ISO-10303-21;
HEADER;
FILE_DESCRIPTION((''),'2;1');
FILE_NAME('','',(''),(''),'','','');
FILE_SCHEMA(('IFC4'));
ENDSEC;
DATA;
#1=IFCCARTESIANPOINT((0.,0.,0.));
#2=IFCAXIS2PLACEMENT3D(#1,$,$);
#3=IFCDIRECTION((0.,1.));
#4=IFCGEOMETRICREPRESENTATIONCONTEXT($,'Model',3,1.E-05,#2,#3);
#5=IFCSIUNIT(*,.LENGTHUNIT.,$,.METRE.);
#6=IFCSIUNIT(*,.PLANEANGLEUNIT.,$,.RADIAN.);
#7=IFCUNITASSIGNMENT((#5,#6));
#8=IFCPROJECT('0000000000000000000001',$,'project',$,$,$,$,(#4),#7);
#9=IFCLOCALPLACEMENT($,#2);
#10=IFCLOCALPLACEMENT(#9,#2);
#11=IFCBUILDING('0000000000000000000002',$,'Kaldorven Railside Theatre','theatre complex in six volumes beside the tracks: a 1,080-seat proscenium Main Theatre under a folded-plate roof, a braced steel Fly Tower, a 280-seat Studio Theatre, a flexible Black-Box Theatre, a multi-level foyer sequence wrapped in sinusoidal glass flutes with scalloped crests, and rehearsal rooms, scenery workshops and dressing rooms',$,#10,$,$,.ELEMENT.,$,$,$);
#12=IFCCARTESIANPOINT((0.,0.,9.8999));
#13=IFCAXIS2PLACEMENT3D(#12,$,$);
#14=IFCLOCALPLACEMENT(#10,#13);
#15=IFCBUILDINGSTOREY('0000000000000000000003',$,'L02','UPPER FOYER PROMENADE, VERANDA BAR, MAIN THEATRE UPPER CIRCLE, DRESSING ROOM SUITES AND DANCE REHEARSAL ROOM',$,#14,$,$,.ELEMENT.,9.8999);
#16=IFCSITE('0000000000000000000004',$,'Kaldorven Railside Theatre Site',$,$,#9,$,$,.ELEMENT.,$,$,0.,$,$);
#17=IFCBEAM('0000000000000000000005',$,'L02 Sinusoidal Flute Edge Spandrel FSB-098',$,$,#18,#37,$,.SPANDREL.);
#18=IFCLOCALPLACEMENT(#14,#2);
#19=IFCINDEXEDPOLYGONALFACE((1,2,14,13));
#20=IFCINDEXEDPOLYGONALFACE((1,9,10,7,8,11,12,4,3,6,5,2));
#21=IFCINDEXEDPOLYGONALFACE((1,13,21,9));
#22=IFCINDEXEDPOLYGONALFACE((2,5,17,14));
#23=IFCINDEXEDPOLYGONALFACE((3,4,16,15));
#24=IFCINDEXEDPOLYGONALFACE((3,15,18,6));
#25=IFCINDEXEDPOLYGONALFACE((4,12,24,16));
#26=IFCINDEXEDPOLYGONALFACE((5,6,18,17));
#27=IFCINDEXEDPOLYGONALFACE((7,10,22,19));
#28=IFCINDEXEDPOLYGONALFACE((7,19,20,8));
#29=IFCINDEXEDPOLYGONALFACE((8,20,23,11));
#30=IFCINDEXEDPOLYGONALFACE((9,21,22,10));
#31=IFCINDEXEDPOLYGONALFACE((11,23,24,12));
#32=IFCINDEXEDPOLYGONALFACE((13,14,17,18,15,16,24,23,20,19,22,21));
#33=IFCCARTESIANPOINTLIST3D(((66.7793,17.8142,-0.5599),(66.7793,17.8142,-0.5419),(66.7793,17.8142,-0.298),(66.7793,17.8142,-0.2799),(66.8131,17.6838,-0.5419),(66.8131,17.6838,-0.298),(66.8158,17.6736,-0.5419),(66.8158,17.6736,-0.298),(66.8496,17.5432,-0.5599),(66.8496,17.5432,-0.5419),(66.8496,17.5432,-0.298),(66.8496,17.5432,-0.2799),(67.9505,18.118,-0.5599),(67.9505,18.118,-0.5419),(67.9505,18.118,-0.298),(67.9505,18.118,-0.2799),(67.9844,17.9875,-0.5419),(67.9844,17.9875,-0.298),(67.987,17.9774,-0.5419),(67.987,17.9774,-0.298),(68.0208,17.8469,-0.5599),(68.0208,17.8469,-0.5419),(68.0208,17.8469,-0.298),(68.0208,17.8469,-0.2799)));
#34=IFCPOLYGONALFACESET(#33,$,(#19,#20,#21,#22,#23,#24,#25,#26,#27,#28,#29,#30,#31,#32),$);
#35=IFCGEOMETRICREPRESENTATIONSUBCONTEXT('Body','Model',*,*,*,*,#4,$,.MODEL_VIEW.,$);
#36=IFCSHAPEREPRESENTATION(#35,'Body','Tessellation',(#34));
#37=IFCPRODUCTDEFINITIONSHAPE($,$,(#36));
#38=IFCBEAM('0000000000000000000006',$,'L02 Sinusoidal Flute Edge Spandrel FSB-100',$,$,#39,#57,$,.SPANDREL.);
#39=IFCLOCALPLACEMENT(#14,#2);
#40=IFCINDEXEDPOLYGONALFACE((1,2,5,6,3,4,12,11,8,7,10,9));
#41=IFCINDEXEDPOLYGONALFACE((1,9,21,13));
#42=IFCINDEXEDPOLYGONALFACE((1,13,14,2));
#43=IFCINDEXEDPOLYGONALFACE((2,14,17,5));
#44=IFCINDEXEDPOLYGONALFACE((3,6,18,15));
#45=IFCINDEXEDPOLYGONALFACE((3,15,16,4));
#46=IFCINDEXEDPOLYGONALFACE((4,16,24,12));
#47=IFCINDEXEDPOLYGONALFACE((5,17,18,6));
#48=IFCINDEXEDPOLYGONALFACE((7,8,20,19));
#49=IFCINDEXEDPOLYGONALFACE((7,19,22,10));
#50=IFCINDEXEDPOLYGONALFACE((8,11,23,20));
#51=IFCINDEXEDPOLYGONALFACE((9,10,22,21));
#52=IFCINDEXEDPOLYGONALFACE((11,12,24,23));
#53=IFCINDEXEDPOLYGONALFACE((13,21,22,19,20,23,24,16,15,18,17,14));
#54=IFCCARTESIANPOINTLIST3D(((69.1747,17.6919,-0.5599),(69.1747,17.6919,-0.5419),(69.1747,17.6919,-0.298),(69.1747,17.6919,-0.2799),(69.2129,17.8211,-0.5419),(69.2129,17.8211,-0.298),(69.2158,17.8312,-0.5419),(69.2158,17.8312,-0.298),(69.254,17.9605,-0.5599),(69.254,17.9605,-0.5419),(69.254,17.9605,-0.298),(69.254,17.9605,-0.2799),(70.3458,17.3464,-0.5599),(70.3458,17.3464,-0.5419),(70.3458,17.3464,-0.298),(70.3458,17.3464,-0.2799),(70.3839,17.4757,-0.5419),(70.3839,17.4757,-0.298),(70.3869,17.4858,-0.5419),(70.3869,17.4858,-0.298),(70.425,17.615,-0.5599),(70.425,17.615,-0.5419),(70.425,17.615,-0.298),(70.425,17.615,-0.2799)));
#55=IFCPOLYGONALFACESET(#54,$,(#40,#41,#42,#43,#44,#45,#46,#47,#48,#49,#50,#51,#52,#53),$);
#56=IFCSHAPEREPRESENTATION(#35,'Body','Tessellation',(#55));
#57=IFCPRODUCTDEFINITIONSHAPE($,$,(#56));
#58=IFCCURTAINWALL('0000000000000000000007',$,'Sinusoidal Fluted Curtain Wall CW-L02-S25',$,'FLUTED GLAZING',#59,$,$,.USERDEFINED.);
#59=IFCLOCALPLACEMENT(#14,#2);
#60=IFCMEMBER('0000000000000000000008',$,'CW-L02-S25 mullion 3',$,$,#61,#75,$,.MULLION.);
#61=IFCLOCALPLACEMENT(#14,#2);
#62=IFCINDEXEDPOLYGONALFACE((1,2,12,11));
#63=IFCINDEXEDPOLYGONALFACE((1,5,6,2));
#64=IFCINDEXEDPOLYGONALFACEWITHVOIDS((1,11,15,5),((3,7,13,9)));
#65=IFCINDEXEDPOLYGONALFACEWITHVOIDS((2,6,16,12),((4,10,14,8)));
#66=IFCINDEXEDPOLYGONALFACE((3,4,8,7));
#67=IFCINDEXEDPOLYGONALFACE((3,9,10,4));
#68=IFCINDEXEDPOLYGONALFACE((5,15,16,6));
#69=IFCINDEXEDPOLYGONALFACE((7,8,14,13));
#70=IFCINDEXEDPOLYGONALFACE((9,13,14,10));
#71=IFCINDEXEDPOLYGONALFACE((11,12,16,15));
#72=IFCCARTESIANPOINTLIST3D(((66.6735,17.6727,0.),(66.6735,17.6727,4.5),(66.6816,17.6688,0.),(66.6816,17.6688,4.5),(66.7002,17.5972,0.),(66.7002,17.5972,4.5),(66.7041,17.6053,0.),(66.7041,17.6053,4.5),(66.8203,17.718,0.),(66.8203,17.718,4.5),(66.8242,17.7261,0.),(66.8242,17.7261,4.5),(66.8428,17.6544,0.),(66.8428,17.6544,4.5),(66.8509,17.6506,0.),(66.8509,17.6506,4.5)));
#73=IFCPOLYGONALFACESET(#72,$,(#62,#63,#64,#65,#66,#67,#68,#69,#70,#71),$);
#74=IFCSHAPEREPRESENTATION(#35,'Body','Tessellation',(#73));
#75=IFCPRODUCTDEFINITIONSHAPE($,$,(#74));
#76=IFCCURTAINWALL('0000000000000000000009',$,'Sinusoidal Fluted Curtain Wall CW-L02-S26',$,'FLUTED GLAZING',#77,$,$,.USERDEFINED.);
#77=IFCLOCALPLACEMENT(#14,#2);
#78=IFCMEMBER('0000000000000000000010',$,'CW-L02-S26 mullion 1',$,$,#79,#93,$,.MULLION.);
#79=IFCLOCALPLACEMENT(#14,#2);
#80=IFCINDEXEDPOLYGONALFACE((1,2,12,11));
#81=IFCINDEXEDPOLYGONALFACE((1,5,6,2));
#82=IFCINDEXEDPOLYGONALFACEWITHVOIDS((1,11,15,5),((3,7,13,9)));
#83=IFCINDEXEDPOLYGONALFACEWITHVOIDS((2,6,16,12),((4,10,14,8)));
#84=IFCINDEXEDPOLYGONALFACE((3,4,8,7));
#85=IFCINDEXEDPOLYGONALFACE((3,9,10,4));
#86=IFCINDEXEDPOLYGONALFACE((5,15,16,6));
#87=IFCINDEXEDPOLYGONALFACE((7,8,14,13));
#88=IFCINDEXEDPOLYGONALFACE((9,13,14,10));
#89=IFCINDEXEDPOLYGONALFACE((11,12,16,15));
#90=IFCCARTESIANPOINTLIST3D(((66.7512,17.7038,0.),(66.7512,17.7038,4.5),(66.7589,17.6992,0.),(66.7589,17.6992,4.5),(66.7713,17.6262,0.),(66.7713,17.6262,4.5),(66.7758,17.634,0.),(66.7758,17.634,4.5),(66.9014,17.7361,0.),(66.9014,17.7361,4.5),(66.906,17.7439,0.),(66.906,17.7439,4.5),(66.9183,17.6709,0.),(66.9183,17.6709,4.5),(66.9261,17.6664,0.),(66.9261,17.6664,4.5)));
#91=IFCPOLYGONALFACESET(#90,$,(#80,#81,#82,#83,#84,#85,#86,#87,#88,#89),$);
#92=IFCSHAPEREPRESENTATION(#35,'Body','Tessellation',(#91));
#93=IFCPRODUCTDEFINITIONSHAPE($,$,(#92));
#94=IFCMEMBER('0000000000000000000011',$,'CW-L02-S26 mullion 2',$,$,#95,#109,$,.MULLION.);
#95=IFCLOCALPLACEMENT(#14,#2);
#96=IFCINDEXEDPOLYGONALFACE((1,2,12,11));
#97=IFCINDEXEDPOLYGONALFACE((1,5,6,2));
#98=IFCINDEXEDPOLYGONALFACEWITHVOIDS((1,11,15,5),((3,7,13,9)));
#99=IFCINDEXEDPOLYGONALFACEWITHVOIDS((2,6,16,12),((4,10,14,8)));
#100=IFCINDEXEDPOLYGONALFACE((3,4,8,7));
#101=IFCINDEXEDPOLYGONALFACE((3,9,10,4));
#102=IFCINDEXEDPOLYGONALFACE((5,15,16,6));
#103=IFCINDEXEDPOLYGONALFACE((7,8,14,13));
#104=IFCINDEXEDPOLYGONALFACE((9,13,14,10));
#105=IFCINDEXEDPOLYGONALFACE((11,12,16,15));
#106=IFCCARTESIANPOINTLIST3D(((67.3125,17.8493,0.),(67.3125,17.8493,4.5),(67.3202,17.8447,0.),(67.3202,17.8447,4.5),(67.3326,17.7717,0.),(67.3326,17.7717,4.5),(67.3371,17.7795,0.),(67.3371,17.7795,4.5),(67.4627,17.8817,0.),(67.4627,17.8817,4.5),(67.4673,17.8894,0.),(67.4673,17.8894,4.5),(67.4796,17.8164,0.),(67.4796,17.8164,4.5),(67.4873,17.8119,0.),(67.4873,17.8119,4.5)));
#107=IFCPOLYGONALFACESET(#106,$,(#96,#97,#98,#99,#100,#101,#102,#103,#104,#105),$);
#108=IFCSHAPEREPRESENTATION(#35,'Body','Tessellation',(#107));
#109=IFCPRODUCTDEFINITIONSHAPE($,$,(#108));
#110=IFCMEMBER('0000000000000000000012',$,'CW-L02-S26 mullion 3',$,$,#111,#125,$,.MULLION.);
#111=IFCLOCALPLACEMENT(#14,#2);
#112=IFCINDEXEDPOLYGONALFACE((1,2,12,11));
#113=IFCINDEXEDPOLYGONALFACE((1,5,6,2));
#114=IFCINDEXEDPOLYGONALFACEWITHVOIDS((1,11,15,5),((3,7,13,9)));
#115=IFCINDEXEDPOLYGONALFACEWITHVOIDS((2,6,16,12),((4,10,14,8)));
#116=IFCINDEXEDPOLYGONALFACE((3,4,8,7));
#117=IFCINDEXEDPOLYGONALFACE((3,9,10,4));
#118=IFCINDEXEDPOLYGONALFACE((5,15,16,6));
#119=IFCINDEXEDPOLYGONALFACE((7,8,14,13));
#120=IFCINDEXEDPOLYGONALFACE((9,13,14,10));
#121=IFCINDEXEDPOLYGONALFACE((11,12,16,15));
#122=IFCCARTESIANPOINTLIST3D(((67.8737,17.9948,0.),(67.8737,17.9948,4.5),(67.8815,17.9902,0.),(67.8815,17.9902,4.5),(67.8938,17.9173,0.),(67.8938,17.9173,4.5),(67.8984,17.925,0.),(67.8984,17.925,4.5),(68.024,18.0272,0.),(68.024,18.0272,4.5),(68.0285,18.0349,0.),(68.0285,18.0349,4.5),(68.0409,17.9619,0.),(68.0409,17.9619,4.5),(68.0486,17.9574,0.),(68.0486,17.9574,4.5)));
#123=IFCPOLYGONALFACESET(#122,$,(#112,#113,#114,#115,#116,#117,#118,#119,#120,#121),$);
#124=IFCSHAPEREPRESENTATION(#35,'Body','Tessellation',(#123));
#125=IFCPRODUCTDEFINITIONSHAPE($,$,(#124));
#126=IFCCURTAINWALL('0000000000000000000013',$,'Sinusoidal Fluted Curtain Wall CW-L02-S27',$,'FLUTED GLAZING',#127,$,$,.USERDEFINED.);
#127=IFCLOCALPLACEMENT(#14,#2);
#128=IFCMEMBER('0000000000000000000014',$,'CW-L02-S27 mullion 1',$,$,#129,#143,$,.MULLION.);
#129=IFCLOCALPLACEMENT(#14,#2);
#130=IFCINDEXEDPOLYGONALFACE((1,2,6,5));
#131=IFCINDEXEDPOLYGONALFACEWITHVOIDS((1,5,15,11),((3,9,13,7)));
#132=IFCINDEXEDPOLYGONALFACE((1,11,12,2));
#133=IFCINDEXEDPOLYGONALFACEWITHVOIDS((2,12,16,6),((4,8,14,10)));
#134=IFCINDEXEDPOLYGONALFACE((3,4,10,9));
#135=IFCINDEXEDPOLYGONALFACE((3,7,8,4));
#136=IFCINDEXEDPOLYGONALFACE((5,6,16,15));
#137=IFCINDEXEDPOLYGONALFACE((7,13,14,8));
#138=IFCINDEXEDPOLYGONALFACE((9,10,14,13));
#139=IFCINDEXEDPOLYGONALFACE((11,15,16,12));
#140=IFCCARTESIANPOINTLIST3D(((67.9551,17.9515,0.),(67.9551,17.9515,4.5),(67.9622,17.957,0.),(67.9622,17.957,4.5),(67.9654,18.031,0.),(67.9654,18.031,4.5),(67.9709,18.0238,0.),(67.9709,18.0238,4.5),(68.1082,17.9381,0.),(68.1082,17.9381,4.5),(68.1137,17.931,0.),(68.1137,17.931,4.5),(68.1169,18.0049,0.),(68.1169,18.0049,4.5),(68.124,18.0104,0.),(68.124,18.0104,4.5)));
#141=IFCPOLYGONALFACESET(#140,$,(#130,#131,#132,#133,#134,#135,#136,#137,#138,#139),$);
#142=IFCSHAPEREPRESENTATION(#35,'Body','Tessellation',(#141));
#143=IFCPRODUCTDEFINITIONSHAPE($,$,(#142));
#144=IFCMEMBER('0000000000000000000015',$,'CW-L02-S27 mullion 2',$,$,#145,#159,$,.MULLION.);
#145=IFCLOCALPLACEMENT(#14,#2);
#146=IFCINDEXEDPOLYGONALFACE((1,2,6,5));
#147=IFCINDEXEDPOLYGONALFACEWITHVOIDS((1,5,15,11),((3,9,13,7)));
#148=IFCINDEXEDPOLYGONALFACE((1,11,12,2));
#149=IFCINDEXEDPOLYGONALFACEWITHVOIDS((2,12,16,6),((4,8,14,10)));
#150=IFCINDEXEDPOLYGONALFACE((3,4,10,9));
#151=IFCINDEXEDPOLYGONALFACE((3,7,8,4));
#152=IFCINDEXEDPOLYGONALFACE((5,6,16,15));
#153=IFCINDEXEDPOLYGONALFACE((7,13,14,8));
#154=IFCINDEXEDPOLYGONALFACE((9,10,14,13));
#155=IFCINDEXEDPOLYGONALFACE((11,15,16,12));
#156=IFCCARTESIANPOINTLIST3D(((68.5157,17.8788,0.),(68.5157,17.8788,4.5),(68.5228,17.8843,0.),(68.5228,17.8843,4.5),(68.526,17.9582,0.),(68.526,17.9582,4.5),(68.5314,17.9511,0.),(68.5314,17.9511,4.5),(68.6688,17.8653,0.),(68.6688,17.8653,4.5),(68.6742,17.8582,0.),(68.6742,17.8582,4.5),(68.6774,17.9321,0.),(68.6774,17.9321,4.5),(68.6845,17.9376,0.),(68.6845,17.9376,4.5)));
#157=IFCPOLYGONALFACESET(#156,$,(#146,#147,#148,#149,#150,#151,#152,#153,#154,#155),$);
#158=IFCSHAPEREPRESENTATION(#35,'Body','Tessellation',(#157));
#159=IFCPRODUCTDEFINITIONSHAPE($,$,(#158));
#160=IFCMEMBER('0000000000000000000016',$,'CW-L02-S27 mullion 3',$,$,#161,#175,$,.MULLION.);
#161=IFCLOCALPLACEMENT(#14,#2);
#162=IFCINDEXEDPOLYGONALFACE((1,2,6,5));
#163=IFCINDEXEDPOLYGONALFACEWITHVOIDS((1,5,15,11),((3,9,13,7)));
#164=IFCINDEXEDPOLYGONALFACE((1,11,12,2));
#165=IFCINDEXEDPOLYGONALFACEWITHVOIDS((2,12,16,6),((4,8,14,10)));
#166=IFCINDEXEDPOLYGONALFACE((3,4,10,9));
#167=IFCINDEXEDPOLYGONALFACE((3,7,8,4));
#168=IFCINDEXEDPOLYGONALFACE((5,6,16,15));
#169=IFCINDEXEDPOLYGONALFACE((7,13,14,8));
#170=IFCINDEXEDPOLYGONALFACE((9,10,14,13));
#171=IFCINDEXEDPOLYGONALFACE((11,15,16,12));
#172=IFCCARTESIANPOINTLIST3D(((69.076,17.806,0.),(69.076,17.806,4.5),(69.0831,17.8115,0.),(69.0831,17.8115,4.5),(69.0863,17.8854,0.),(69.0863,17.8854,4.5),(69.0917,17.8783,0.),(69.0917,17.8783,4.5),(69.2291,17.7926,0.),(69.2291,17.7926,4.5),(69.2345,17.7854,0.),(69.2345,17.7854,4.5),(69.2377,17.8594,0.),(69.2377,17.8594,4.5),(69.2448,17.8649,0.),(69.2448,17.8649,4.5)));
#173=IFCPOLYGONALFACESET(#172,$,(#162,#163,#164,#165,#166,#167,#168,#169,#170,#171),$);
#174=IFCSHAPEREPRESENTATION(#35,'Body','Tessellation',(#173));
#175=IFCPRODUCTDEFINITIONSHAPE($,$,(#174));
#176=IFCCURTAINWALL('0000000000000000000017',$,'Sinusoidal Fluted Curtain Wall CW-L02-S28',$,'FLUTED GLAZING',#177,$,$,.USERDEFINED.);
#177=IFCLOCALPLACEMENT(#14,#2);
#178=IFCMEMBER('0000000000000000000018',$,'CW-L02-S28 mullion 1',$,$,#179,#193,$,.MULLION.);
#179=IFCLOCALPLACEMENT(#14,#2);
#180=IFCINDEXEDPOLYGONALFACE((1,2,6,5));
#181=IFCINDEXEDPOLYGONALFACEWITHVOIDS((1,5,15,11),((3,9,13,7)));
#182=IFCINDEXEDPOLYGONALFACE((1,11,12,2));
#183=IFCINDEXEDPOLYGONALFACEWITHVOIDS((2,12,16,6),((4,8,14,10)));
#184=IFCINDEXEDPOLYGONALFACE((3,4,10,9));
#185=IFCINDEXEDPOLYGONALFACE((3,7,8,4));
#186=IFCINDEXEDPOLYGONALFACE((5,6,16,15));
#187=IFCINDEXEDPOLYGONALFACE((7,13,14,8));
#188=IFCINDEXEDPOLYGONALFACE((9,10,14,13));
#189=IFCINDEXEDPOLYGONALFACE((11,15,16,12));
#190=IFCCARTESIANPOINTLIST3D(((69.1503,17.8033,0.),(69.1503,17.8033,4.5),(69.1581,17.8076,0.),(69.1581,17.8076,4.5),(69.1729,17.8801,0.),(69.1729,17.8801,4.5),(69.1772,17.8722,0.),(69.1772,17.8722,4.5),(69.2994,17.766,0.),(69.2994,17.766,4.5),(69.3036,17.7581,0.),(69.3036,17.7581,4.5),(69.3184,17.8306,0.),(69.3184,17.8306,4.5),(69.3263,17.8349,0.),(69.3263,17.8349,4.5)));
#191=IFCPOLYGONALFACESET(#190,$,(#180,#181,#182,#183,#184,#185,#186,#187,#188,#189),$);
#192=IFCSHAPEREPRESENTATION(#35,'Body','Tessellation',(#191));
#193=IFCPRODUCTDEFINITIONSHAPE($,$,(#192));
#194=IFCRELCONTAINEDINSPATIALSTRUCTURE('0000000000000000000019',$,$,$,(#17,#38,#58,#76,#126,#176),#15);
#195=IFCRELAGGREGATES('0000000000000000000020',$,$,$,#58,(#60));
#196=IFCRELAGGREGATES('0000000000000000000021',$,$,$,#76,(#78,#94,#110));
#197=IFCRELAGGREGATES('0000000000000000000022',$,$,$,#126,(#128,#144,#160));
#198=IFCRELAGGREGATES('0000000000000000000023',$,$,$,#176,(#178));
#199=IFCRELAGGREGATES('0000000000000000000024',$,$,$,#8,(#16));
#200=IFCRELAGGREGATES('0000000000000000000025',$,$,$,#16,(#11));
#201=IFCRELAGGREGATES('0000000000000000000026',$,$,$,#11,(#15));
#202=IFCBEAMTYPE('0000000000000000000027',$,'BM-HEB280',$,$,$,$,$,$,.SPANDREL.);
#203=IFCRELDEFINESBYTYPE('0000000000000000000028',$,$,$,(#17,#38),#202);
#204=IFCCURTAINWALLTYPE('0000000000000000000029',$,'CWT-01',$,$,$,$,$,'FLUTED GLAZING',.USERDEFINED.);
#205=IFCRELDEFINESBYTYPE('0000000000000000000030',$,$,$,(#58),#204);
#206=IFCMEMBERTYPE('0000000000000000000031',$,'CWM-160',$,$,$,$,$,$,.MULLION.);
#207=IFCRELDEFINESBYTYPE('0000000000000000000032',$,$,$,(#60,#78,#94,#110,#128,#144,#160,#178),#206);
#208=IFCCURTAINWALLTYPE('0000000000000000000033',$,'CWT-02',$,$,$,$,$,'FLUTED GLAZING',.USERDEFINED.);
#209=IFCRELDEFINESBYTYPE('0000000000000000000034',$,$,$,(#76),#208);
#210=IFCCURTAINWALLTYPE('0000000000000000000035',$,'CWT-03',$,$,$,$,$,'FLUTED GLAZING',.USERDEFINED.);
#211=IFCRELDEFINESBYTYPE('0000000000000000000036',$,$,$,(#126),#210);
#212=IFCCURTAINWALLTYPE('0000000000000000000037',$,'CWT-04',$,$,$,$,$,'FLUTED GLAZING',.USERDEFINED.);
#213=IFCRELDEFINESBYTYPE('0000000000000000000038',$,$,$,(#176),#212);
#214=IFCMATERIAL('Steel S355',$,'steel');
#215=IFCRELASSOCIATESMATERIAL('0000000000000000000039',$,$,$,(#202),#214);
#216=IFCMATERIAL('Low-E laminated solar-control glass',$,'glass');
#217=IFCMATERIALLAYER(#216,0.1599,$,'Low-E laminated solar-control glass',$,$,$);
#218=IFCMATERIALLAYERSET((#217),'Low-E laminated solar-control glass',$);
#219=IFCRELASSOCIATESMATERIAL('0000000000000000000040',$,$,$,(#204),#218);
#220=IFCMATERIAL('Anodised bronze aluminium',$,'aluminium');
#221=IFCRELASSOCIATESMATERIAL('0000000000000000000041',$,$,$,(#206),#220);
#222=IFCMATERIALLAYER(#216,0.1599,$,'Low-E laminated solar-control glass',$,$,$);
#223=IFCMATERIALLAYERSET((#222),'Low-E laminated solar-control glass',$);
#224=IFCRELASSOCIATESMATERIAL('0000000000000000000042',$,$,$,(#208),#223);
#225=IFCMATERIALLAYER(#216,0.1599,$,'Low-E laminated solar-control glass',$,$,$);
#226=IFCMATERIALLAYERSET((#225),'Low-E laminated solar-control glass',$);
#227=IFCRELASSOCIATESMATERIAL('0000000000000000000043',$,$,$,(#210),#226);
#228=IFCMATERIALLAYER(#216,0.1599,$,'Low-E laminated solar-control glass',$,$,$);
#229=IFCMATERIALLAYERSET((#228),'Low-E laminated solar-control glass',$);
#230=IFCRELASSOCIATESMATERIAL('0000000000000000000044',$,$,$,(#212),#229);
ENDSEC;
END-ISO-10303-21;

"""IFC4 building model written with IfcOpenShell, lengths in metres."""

from ifc_helpers import new_model, si_unit, direction, frame, origin, origin_2d, place, context, subcontext, project, spatial, hollow_rectangle, i_section, extrude, material, layer, layer_set, material_profile, profile_set, type_object, element, aggregate, save


model = new_model("IFC4")

# Units and contexts
model_context = context("Model", 3, precision=1e-05, world=origin(), true_north=direction((0.0, 1.0)))
body_context = subcontext(model_context, "Body", "Model", "MODEL_VIEW")
ifc_project = project(units=[si_unit("LENGTHUNIT", "METRE"), si_unit("PLANEANGLEUNIT", "RADIAN")], contexts=[model_context])

# Site, building, storey
site_placement = place(None, origin())
site = spatial("IfcSite", under=ifc_project, at=site_placement, Name="Kaldorven Railside Theatre Site", CompositionType="ELEMENT", RefElevation=0.0)
building_placement = place(site_placement, origin())
building = spatial("IfcBuilding", under=site, at=building_placement, Name="Kaldorven Railside Theatre", Description="theatre complex in six volumes beside the tracks: a 1,080-seat proscenium Main Theatre under a folded-plate roof, a braced steel Fly Tower, a 280-seat Studio Theatre, a flexible Black-Box Theatre, a multi-level foyer sequence wrapped in sinusoidal glass flutes with scalloped crests, and rehearsal rooms, scenery workshops and dressing rooms", CompositionType="ELEMENT")
storey_placement = place(building_placement, frame((0.0, 0.0, 9.8999)))
storey = spatial("IfcBuildingStorey", under=building, at=storey_placement, Name="L02", Description="UPPER FOYER PROMENADE, VERANDA BAR, MAIN THEATRE UPPER CIRCLE, DRESSING ROOM SUITES AND DANCE REHEARSAL ROOM", CompositionType="ELEMENT", Elevation=9.8999)

# Beams
ifc_material_1 = material(Name="Steel S355", Category="steel")
ifc_material_profile_1 = material_profile(ifc_material_1, i_section(OverallWidth=0.28, OverallDepth=0.28, WebThickness=0.0105, FlangeThickness=0.0181, at=origin_2d()), Name="HEB 280")
ifc_profile_set_1 = profile_set([ifc_material_profile_1], Name="Steel S355")
beam_type = type_object("IfcBeamType", Name="BM-HEB280", PredefinedType="SPANDREL", material=ifc_profile_set_1)
beam_1_placement = place(storey_placement, frame((66.8145, 17.6787, -0.4199), z_axis=(0.967981, 0.251025, 0.0), x_axis=(-0.251025, 0.967981, 0.0)))
element("IfcBeam", 1, at=beam_1_placement, inside=storey, type_object=beam_type, Name="L02 Sinusoidal Flute Edge Spandrel FSB-098", PredefinedType="SPANDREL", context=body_context, shape_type="SweptSolid", body=[
    extrude(i_section(OverallWidth=0.28, OverallDepth=0.28, WebThickness=0.0105, FlangeThickness=0.0181, at=origin_2d()), origin(), (0.0, 0.0, 1.0), 1.21),
])
beam_2_placement = place(storey_placement, frame((69.2144, 17.8262, -0.4199), z_axis=(0.959142, -0.282924, 0.0), x_axis=(0.282924, 0.959142, 0.0)))
element("IfcBeam", 2, at=beam_2_placement, inside=storey, type_object=beam_type, Name="L02 Sinusoidal Flute Edge Spandrel FSB-100", PredefinedType="SPANDREL", context=body_context, shape_type="SweptSolid", body=[
    extrude(i_section(OverallWidth=0.28, OverallDepth=0.28, WebThickness=0.0105, FlangeThickness=0.0181, at=origin_2d()), origin(), (0.0, 0.0, 1.0), 1.2209),
])

# Curtain wall, member
ifc_material_2 = material(Name="Low-E laminated solar-control glass", Category="glass")
ifc_layer_1 = layer(ifc_material_2, 0.1599, Name="Low-E laminated solar-control glass")
ifc_layer_set_1 = layer_set([ifc_layer_1], Name="Low-E laminated solar-control glass")
curtain_wall_type_1 = type_object("IfcCurtainWallType", Name="CWT-01", ElementType="FLUTED GLAZING", PredefinedType="USERDEFINED", material=ifc_layer_set_1)
curtain_wall_1_placement = place(storey_placement, origin())
curtain_wall_1 = element("IfcCurtainWall", 3, at=curtain_wall_1_placement, inside=storey, type_object=curtain_wall_type_1, Name="Sinusoidal Fluted Curtain Wall CW-L02-S25", ObjectType="FLUTED GLAZING", PredefinedType="USERDEFINED")
ifc_material_3 = material(Name="Anodised bronze aluminium", Category="aluminium")
ifc_material_profile_2 = material_profile(ifc_material_3, hollow_rectangle(XDim=0.0801, YDim=0.1599, WallThickness=0.0063, at=origin_2d()), Name="RHS 160x80x6.3")
ifc_profile_set_2 = profile_set([ifc_material_profile_2], Name="Anodised bronze aluminium")
member_type_1 = type_object("IfcMemberType", Name="CWM-160", PredefinedType="MULLION", material=ifc_profile_set_2)
member_1_placement = place(storey_placement, frame((66.7622, 17.6616, 0.0), z_axis=(0.0, 0.0, 1.0), x_axis=(-0.333847, 0.942627, 0.0)))
member_1 = element("IfcMember", 4, at=member_1_placement, type_object=member_type_1, Name="CW-L02-S25 mullion 3", PredefinedType="MULLION", context=body_context, shape_type="SweptSolid", body=[
    extrude(hollow_rectangle(XDim=0.0801, YDim=0.1599, WallThickness=0.0063, at=origin_2d()), origin(), (0.0, 0.0, 1.0), 4.5),
])
aggregate(curtain_wall_1, [member_1])

# Curtain walls, members
ifc_layer_2 = layer(ifc_material_2, 0.1599, Name="Low-E laminated solar-control glass")
ifc_layer_set_2 = layer_set([ifc_layer_2], Name="Low-E laminated solar-control glass")
curtain_wall_type_2 = type_object("IfcCurtainWallType", Name="CWT-02", ElementType="FLUTED GLAZING", PredefinedType="USERDEFINED", material=ifc_layer_set_2)
curtain_wall_2_placement = place(storey_placement, origin())
curtain_wall_2 = element("IfcCurtainWall", 5, at=curtain_wall_2_placement, inside=storey, type_object=curtain_wall_type_2, Name="Sinusoidal Fluted Curtain Wall CW-L02-S26", ObjectType="FLUTED GLAZING", PredefinedType="USERDEFINED")
member_2_placement = place(storey_placement, frame((66.8386, 17.6851, 0.0), z_axis=(0.0, 0.0, 1.0), x_axis=(-0.250954, 0.967999, 0.0)))
member_2 = element("IfcMember", 6, at=member_2_placement, type_object=member_type_1, Name="CW-L02-S26 mullion 1", PredefinedType="MULLION", context=body_context, shape_type="SweptSolid", body=[
    extrude(hollow_rectangle(XDim=0.0801, YDim=0.1599, WallThickness=0.0063, at=origin_2d()), origin(), (0.0, 0.0, 1.0), 4.5),
])
member_3_placement = place(storey_placement, frame((67.3999, 17.8306, 0.0), z_axis=(0.0, 0.0, 1.0), x_axis=(-0.250954, 0.967999, 0.0)))
member_3 = element("IfcMember", 7, at=member_3_placement, type_object=member_type_1, Name="CW-L02-S26 mullion 2", PredefinedType="MULLION", context=body_context, shape_type="SweptSolid", body=[
    extrude(hollow_rectangle(XDim=0.0801, YDim=0.1599, WallThickness=0.0063, at=origin_2d()), origin(), (0.0, 0.0, 1.0), 4.5),
])
member_4_placement = place(storey_placement, frame((67.9612, 17.9761, 0.0), z_axis=(0.0, 0.0, 1.0), x_axis=(-0.250954, 0.967999, 0.0)))
member_4 = element("IfcMember", 8, at=member_4_placement, type_object=member_type_1, Name="CW-L02-S26 mullion 3", PredefinedType="MULLION", context=body_context, shape_type="SweptSolid", body=[
    extrude(hollow_rectangle(XDim=0.0801, YDim=0.1599, WallThickness=0.0063, at=origin_2d()), origin(), (0.0, 0.0, 1.0), 4.5),
])
ifc_layer_3 = layer(ifc_material_2, 0.1599, Name="Low-E laminated solar-control glass")
ifc_layer_set_3 = layer_set([ifc_layer_3], Name="Low-E laminated solar-control glass")
curtain_wall_type_3 = type_object("IfcCurtainWallType", Name="CWT-03", ElementType="FLUTED GLAZING", PredefinedType="USERDEFINED", material=ifc_layer_set_3)
curtain_wall_3_placement = place(storey_placement, origin())
curtain_wall_3 = element("IfcCurtainWall", 9, at=curtain_wall_3_placement, inside=storey, type_object=curtain_wall_type_3, Name="Sinusoidal Fluted Curtain Wall CW-L02-S27", ObjectType="FLUTED GLAZING", PredefinedType="USERDEFINED")
member_5_placement = place(storey_placement, frame((68.0396, 17.981, 0.0), z_axis=(0.0, 0.0, 1.0), x_axis=(0.128753, 0.991677, 0.0)))
member_5 = element("IfcMember", 10, at=member_5_placement, type_object=member_type_1, Name="CW-L02-S27 mullion 1", PredefinedType="MULLION", context=body_context, shape_type="SweptSolid", body=[
    extrude(hollow_rectangle(XDim=0.0801, YDim=0.1599, WallThickness=0.0063, at=origin_2d()), origin(), (0.0, 0.0, 1.0), 4.5),
])
member_6_placement = place(storey_placement, frame((68.6001, 17.9082, 0.0), z_axis=(0.0, 0.0, 1.0), x_axis=(0.128753, 0.991677, 0.0)))
member_6 = element("IfcMember", 11, at=member_6_placement, type_object=member_type_1, Name="CW-L02-S27 mullion 2", PredefinedType="MULLION", context=body_context, shape_type="SweptSolid", body=[
    extrude(hollow_rectangle(XDim=0.0801, YDim=0.1599, WallThickness=0.0063, at=origin_2d()), origin(), (0.0, 0.0, 1.0), 4.5),
])
member_7_placement = place(storey_placement, frame((69.1604, 17.8354, 0.0), z_axis=(0.0, 0.0, 1.0), x_axis=(0.128753, 0.991677, 0.0)))
member_7 = element("IfcMember", 12, at=member_7_placement, type_object=member_type_1, Name="CW-L02-S27 mullion 3", PredefinedType="MULLION", context=body_context, shape_type="SweptSolid", body=[
    extrude(hollow_rectangle(XDim=0.0801, YDim=0.1599, WallThickness=0.0063, at=origin_2d()), origin(), (0.0, 0.0, 1.0), 4.5),
])
ifc_layer_4 = layer(ifc_material_2, 0.1599, Name="Low-E laminated solar-control glass")
ifc_layer_set_4 = layer_set([ifc_layer_4], Name="Low-E laminated solar-control glass")
curtain_wall_type_4 = type_object("IfcCurtainWallType", Name="CWT-04", ElementType="FLUTED GLAZING", PredefinedType="USERDEFINED", material=ifc_layer_set_4)
curtain_wall_4_placement = place(storey_placement, origin())
curtain_wall_4 = element("IfcCurtainWall", 13, at=curtain_wall_4_placement, inside=storey, type_object=curtain_wall_type_4, Name="Sinusoidal Fluted Curtain Wall CW-L02-S28", ObjectType="FLUTED GLAZING", PredefinedType="USERDEFINED")
member_8_placement = place(storey_placement, frame((69.2383, 17.8191, 0.0), z_axis=(0.0, 0.0, 1.0), x_axis=(0.282872, 0.959158, 0.0)))
member_8 = element("IfcMember", 14, at=member_8_placement, type_object=member_type_1, Name="CW-L02-S28 mullion 1", PredefinedType="MULLION", context=body_context, shape_type="SweptSolid", body=[
    extrude(hollow_rectangle(XDim=0.0801, YDim=0.1599, WallThickness=0.0063, at=origin_2d()), origin(), (0.0, 0.0, 1.0), 4.5),
])

aggregate(curtain_wall_2, [member_2, member_3, member_4])
aggregate(curtain_wall_3, [member_5, member_6, member_7])
aggregate(curtain_wall_4, [member_8])

save(model, "model.ifc")
